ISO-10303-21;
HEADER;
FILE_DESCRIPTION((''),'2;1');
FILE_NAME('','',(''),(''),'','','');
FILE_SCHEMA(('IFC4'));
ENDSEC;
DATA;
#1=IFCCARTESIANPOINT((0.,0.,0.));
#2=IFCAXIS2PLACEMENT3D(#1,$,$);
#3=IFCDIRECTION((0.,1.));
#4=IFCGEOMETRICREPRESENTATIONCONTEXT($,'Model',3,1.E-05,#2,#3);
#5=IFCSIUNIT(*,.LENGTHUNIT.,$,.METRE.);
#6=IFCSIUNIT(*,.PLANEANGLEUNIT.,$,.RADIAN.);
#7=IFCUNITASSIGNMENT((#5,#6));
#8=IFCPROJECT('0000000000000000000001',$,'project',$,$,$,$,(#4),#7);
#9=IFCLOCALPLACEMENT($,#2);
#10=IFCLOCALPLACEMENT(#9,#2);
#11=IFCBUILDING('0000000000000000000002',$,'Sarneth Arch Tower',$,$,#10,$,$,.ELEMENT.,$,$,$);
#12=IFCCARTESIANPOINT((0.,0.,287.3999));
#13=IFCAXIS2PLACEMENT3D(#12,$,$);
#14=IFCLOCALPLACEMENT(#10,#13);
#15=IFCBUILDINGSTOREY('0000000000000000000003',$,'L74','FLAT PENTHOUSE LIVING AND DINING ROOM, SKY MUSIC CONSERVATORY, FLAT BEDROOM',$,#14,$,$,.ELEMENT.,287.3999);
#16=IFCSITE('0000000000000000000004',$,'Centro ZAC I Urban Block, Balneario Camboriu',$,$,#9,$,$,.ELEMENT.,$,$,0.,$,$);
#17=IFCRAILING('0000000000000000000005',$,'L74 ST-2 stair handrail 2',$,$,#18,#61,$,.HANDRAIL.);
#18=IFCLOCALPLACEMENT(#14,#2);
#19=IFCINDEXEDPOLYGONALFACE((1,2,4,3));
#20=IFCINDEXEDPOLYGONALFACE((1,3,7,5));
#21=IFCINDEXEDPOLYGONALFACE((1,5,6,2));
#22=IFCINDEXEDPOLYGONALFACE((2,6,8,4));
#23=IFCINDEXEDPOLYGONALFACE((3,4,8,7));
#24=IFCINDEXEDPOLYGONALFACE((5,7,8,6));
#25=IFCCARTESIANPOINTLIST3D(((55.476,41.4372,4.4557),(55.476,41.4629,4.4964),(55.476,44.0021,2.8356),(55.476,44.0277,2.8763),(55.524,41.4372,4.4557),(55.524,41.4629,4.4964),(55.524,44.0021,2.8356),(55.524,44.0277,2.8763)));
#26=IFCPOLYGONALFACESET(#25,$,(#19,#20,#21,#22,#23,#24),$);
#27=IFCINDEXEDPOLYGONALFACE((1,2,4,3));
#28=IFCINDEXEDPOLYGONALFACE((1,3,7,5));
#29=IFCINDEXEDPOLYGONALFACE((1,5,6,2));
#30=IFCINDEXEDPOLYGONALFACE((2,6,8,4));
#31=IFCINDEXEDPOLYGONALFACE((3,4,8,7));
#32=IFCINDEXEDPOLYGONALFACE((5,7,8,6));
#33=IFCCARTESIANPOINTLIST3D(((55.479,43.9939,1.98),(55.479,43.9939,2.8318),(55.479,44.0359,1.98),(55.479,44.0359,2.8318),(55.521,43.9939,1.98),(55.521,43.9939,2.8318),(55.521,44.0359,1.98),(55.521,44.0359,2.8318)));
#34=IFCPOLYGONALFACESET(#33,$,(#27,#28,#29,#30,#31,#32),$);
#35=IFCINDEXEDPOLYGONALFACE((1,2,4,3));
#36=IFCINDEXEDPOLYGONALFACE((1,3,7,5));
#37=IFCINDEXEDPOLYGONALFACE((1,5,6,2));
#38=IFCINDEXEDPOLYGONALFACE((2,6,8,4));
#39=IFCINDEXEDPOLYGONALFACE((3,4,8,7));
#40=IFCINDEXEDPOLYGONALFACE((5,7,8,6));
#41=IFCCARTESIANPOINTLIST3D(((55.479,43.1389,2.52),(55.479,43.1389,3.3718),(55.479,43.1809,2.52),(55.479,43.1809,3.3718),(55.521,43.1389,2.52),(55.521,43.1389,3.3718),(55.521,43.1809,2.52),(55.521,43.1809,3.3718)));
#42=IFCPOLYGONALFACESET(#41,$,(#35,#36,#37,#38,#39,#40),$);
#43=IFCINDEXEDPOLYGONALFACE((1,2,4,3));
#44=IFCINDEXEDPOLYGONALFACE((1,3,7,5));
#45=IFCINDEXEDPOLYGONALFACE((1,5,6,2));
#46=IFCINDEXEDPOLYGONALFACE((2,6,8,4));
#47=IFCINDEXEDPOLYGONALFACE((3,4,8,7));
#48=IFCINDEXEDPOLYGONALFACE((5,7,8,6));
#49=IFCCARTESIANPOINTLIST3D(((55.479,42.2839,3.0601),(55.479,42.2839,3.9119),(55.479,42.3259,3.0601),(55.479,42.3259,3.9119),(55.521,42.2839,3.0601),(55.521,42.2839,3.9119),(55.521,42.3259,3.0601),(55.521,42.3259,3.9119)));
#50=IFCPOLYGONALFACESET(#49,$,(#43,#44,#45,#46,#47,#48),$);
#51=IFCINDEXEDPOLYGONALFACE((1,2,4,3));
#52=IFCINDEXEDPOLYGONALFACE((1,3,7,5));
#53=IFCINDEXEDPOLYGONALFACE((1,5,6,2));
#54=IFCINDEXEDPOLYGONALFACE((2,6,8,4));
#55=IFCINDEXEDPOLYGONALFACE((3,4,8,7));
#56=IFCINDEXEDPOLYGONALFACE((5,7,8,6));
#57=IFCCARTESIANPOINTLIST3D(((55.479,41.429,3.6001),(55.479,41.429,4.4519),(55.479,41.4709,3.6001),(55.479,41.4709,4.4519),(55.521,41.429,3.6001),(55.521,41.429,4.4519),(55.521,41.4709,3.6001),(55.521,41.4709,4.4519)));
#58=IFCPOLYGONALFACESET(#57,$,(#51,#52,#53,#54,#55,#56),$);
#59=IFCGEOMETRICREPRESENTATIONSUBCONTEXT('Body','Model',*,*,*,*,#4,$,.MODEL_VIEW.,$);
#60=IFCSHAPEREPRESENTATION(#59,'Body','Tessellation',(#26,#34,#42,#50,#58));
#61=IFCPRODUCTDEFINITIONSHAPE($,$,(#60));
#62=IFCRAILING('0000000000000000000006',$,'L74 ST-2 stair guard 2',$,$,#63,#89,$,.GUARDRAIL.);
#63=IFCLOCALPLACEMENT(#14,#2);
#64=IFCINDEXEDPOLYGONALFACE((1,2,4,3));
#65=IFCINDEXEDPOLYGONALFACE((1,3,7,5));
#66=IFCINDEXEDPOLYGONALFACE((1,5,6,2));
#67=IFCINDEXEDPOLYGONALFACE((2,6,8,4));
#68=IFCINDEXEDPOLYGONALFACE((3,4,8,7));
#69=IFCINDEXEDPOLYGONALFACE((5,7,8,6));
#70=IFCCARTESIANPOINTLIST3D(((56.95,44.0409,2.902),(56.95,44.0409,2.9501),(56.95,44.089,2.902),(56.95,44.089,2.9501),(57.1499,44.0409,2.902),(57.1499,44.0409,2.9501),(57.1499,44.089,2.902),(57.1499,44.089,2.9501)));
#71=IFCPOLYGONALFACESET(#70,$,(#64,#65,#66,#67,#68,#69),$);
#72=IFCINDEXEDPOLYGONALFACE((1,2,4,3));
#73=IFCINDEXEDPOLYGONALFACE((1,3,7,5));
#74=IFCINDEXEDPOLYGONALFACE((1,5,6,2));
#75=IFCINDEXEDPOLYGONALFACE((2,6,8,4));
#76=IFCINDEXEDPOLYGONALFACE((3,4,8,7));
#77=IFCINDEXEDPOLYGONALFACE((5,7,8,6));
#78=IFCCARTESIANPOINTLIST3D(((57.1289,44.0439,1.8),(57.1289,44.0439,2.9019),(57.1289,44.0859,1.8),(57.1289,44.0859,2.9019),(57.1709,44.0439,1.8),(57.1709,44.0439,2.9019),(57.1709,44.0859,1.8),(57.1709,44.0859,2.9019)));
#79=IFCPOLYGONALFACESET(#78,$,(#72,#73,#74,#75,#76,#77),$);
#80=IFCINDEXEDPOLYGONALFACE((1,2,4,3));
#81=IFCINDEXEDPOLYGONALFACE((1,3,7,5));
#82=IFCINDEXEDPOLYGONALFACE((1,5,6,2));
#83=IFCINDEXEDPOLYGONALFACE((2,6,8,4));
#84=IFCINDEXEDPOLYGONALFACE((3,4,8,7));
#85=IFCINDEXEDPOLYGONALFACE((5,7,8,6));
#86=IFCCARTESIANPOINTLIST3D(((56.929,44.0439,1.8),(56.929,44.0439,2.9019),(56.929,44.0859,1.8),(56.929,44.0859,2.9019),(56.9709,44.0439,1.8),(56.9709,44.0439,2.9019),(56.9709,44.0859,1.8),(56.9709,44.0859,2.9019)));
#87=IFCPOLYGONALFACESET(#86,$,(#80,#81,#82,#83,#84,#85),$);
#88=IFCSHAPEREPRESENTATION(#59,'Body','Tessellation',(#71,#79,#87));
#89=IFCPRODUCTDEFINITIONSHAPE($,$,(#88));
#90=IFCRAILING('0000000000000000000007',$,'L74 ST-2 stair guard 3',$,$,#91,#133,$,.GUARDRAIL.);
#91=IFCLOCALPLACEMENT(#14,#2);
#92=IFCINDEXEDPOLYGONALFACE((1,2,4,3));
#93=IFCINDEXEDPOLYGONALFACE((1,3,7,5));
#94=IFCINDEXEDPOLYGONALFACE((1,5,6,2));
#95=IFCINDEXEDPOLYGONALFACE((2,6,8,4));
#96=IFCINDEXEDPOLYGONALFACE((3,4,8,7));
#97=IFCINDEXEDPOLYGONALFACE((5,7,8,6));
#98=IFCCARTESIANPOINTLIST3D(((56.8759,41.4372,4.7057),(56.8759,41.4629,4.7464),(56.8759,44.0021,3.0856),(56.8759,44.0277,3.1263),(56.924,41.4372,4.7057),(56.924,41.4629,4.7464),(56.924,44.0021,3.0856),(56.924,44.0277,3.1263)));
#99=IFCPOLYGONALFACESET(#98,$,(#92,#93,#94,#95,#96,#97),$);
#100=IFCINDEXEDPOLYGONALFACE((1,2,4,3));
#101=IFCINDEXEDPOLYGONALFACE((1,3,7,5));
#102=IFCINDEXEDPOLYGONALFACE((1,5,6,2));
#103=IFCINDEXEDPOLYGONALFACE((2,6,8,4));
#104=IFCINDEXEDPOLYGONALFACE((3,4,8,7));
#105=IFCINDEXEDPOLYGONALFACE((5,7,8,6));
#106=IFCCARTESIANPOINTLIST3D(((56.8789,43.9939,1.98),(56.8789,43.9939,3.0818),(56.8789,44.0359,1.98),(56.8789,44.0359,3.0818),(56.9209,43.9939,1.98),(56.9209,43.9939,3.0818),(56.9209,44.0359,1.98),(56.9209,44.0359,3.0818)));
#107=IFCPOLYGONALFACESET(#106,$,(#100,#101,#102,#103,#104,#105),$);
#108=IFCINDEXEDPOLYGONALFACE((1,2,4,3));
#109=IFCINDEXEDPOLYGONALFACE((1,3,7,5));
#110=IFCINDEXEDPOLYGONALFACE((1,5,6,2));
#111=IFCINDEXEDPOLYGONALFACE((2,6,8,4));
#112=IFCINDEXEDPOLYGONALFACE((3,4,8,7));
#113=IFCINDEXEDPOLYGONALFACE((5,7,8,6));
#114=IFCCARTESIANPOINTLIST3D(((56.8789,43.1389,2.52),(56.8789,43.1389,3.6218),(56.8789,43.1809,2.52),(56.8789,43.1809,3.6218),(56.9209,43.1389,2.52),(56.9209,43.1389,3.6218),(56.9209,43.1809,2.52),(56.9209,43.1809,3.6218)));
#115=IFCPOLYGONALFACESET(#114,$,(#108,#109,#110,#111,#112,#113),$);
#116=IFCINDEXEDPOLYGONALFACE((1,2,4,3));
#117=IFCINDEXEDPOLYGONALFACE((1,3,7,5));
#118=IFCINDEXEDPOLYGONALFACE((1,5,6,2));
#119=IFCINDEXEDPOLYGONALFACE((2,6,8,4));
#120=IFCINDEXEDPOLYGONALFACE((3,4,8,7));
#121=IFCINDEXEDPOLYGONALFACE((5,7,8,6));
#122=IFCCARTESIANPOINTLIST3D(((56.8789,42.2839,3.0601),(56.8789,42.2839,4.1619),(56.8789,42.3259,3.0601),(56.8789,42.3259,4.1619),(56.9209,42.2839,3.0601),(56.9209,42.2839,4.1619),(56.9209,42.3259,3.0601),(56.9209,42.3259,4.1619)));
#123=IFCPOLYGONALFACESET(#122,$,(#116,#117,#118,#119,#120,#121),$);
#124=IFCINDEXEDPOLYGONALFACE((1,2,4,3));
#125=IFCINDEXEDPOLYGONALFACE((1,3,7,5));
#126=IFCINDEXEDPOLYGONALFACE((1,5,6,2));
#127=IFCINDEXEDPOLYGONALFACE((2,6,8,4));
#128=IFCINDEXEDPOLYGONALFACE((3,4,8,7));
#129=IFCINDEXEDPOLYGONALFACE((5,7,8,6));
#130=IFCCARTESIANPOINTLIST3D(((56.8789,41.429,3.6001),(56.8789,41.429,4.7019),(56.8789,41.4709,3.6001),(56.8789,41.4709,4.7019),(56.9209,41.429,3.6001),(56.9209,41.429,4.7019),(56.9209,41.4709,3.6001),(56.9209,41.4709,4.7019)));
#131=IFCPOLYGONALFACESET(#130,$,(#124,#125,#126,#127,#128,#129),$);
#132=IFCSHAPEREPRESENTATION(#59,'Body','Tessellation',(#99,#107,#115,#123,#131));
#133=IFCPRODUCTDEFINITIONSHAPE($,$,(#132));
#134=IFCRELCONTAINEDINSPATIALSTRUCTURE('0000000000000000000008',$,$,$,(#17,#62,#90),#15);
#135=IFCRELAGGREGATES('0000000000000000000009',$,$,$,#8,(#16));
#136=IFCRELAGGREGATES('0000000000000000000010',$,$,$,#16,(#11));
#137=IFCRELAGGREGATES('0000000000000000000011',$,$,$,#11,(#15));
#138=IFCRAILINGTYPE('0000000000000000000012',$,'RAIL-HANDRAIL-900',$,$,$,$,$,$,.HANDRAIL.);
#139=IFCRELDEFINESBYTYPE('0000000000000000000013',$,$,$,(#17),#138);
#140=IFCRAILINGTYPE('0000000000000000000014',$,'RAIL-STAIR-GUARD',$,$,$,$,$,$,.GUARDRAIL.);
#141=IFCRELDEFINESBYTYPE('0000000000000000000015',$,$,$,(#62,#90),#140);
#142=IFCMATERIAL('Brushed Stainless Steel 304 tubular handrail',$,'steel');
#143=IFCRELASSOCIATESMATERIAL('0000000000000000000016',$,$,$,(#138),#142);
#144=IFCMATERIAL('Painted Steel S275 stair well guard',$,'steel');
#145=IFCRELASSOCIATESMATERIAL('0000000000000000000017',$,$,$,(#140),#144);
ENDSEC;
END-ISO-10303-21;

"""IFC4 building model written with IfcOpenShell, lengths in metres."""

from ifc_helpers import new_model, si_unit, direction, frame, origin, origin_2d, place, context, subcontext, project, spatial, rectangle, extrude, material, type_object, element, save


model = new_model("IFC4")

# Units and contexts
model_context = context("Model", 3, precision=1e-05, world=origin(), true_north=direction((0.0, 1.0)))
body_context = subcontext(model_context, "Body", "Model", "MODEL_VIEW")
ifc_project = project(units=[si_unit("LENGTHUNIT", "METRE"), si_unit("PLANEANGLEUNIT", "RADIAN")], contexts=[model_context])

# Site, building, storey
site_placement = place(None, origin())
site = spatial("IfcSite", under=ifc_project, at=site_placement, Name="Centro ZAC I Urban Block, Balneario Camboriu", CompositionType="ELEMENT", RefElevation=0.0)
building_placement = place(site_placement, origin())
building = spatial("IfcBuilding", under=site, at=building_placement, Name="Sarneth Arch Tower", CompositionType="ELEMENT")
storey_placement = place(building_placement, frame((0.0, 0.0, 287.3999)))
storey = spatial("IfcBuildingStorey", under=building, at=storey_placement, Name="L74", Description="FLAT PENTHOUSE LIVING AND DINING ROOM, SKY MUSIC CONSERVATORY, FLAT BEDROOM", CompositionType="ELEMENT", Elevation=287.3999)

# Railings
ifc_material_1 = material(Name="Brushed Stainless Steel 304 tubular handrail", Category="steel")
railing_type_1 = type_object("IfcRailingType", Name="RAIL-HANDRAIL-900", PredefinedType="HANDRAIL", material=ifc_material_1)
railing_1_placement = place(storey_placement, frame((55.5, 44.0149, 1.98)))
element("IfcRailing", 1, at=railing_1_placement, inside=storey, type_object=railing_type_1, Name="L74 ST-2 stair handrail 2", PredefinedType="HANDRAIL", context=body_context, shape_type="SweptSolid", body=[
    extrude(rectangle(XDim=0.0481, YDim=0.0481, at=origin_2d()), frame((0.0, 0.0, 0.876), z_axis=(0.0, -0.845466, 0.534029), x_axis=(1.0, 0.0, 0.0)), (0.0, 0.0, 1.0), 3.0337),
    extrude(rectangle(XDim=0.042, YDim=0.042, at=origin_2d()), origin(), (0.0, 0.0, 1.0), 0.8518),
    extrude(rectangle(XDim=0.042, YDim=0.042, at=origin_2d()), frame((0.0, -0.855, 0.54)), (0.0, 0.0, 1.0), 0.8518),
    extrude(rectangle(XDim=0.042, YDim=0.042, at=origin_2d()), frame((0.0, -1.71, 1.0801)), (0.0, 0.0, 1.0), 0.8518),
    extrude(rectangle(XDim=0.042, YDim=0.042, at=origin_2d()), frame((0.0, -2.5649, 1.6201)), (0.0, 0.0, 1.0), 0.8518),
])
ifc_material_2 = material(Name="Painted Steel S275 stair well guard", Category="steel")
railing_type_2 = type_object("IfcRailingType", Name="RAIL-STAIR-GUARD", PredefinedType="GUARDRAIL", material=ifc_material_2)
railing_2_placement = place(storey_placement, frame((57.1499, 44.0649, 1.8)))
element("IfcRailing", 2, at=railing_2_placement, inside=storey, type_object=railing_type_2, Name="L74 ST-2 stair guard 2", PredefinedType="GUARDRAIL", context=body_context, shape_type="SweptSolid", body=[
    extrude(rectangle(XDim=0.0481, YDim=0.0481, at=origin_2d()), frame((0.0, 0.0, 1.126), z_axis=(-1.0, 0.0, 0.0), x_axis=(0.0, -1.0, 0.0)), (0.0, 0.0, 1.0), 0.2),
    extrude(rectangle(XDim=0.042, YDim=0.042, at=origin_2d()), origin(), (0.0, 0.0, 1.0), 1.1018),
    extrude(rectangle(XDim=0.042, YDim=0.042, at=origin_2d()), frame((-0.2, 0.0, 0.0)), (0.0, 0.0, 1.0), 1.1018),
])
railing_3_placement = place(storey_placement, frame((56.8999, 44.0149, 1.98)))
element("IfcRailing", 3, at=railing_3_placement, inside=storey, type_object=railing_type_2, Name="L74 ST-2 stair guard 3", PredefinedType="GUARDRAIL", context=body_context, shape_type="SweptSolid", body=[
    extrude(rectangle(XDim=0.0481, YDim=0.0481, at=origin_2d()), frame((0.0, 0.0, 1.126), z_axis=(0.0, -0.845466, 0.534029), x_axis=(1.0, 0.0, 0.0)), (0.0, 0.0, 1.0), 3.0337),
    extrude(rectangle(XDim=0.042, YDim=0.042, at=origin_2d()), origin(), (0.0, 0.0, 1.0), 1.1018),
    extrude(rectangle(XDim=0.042, YDim=0.042, at=origin_2d()), frame((0.0, -0.855, 0.54)), (0.0, 0.0, 1.0), 1.1018),
    extrude(rectangle(XDim=0.042, YDim=0.042, at=origin_2d()), frame((0.0, -1.71, 1.0801)), (0.0, 0.0, 1.0), 1.1018),
    extrude(rectangle(XDim=0.042, YDim=0.042, at=origin_2d()), frame((0.0, -2.5649, 1.6201)), (0.0, 0.0, 1.0), 1.1018),
])

save(model, "model.ifc")
